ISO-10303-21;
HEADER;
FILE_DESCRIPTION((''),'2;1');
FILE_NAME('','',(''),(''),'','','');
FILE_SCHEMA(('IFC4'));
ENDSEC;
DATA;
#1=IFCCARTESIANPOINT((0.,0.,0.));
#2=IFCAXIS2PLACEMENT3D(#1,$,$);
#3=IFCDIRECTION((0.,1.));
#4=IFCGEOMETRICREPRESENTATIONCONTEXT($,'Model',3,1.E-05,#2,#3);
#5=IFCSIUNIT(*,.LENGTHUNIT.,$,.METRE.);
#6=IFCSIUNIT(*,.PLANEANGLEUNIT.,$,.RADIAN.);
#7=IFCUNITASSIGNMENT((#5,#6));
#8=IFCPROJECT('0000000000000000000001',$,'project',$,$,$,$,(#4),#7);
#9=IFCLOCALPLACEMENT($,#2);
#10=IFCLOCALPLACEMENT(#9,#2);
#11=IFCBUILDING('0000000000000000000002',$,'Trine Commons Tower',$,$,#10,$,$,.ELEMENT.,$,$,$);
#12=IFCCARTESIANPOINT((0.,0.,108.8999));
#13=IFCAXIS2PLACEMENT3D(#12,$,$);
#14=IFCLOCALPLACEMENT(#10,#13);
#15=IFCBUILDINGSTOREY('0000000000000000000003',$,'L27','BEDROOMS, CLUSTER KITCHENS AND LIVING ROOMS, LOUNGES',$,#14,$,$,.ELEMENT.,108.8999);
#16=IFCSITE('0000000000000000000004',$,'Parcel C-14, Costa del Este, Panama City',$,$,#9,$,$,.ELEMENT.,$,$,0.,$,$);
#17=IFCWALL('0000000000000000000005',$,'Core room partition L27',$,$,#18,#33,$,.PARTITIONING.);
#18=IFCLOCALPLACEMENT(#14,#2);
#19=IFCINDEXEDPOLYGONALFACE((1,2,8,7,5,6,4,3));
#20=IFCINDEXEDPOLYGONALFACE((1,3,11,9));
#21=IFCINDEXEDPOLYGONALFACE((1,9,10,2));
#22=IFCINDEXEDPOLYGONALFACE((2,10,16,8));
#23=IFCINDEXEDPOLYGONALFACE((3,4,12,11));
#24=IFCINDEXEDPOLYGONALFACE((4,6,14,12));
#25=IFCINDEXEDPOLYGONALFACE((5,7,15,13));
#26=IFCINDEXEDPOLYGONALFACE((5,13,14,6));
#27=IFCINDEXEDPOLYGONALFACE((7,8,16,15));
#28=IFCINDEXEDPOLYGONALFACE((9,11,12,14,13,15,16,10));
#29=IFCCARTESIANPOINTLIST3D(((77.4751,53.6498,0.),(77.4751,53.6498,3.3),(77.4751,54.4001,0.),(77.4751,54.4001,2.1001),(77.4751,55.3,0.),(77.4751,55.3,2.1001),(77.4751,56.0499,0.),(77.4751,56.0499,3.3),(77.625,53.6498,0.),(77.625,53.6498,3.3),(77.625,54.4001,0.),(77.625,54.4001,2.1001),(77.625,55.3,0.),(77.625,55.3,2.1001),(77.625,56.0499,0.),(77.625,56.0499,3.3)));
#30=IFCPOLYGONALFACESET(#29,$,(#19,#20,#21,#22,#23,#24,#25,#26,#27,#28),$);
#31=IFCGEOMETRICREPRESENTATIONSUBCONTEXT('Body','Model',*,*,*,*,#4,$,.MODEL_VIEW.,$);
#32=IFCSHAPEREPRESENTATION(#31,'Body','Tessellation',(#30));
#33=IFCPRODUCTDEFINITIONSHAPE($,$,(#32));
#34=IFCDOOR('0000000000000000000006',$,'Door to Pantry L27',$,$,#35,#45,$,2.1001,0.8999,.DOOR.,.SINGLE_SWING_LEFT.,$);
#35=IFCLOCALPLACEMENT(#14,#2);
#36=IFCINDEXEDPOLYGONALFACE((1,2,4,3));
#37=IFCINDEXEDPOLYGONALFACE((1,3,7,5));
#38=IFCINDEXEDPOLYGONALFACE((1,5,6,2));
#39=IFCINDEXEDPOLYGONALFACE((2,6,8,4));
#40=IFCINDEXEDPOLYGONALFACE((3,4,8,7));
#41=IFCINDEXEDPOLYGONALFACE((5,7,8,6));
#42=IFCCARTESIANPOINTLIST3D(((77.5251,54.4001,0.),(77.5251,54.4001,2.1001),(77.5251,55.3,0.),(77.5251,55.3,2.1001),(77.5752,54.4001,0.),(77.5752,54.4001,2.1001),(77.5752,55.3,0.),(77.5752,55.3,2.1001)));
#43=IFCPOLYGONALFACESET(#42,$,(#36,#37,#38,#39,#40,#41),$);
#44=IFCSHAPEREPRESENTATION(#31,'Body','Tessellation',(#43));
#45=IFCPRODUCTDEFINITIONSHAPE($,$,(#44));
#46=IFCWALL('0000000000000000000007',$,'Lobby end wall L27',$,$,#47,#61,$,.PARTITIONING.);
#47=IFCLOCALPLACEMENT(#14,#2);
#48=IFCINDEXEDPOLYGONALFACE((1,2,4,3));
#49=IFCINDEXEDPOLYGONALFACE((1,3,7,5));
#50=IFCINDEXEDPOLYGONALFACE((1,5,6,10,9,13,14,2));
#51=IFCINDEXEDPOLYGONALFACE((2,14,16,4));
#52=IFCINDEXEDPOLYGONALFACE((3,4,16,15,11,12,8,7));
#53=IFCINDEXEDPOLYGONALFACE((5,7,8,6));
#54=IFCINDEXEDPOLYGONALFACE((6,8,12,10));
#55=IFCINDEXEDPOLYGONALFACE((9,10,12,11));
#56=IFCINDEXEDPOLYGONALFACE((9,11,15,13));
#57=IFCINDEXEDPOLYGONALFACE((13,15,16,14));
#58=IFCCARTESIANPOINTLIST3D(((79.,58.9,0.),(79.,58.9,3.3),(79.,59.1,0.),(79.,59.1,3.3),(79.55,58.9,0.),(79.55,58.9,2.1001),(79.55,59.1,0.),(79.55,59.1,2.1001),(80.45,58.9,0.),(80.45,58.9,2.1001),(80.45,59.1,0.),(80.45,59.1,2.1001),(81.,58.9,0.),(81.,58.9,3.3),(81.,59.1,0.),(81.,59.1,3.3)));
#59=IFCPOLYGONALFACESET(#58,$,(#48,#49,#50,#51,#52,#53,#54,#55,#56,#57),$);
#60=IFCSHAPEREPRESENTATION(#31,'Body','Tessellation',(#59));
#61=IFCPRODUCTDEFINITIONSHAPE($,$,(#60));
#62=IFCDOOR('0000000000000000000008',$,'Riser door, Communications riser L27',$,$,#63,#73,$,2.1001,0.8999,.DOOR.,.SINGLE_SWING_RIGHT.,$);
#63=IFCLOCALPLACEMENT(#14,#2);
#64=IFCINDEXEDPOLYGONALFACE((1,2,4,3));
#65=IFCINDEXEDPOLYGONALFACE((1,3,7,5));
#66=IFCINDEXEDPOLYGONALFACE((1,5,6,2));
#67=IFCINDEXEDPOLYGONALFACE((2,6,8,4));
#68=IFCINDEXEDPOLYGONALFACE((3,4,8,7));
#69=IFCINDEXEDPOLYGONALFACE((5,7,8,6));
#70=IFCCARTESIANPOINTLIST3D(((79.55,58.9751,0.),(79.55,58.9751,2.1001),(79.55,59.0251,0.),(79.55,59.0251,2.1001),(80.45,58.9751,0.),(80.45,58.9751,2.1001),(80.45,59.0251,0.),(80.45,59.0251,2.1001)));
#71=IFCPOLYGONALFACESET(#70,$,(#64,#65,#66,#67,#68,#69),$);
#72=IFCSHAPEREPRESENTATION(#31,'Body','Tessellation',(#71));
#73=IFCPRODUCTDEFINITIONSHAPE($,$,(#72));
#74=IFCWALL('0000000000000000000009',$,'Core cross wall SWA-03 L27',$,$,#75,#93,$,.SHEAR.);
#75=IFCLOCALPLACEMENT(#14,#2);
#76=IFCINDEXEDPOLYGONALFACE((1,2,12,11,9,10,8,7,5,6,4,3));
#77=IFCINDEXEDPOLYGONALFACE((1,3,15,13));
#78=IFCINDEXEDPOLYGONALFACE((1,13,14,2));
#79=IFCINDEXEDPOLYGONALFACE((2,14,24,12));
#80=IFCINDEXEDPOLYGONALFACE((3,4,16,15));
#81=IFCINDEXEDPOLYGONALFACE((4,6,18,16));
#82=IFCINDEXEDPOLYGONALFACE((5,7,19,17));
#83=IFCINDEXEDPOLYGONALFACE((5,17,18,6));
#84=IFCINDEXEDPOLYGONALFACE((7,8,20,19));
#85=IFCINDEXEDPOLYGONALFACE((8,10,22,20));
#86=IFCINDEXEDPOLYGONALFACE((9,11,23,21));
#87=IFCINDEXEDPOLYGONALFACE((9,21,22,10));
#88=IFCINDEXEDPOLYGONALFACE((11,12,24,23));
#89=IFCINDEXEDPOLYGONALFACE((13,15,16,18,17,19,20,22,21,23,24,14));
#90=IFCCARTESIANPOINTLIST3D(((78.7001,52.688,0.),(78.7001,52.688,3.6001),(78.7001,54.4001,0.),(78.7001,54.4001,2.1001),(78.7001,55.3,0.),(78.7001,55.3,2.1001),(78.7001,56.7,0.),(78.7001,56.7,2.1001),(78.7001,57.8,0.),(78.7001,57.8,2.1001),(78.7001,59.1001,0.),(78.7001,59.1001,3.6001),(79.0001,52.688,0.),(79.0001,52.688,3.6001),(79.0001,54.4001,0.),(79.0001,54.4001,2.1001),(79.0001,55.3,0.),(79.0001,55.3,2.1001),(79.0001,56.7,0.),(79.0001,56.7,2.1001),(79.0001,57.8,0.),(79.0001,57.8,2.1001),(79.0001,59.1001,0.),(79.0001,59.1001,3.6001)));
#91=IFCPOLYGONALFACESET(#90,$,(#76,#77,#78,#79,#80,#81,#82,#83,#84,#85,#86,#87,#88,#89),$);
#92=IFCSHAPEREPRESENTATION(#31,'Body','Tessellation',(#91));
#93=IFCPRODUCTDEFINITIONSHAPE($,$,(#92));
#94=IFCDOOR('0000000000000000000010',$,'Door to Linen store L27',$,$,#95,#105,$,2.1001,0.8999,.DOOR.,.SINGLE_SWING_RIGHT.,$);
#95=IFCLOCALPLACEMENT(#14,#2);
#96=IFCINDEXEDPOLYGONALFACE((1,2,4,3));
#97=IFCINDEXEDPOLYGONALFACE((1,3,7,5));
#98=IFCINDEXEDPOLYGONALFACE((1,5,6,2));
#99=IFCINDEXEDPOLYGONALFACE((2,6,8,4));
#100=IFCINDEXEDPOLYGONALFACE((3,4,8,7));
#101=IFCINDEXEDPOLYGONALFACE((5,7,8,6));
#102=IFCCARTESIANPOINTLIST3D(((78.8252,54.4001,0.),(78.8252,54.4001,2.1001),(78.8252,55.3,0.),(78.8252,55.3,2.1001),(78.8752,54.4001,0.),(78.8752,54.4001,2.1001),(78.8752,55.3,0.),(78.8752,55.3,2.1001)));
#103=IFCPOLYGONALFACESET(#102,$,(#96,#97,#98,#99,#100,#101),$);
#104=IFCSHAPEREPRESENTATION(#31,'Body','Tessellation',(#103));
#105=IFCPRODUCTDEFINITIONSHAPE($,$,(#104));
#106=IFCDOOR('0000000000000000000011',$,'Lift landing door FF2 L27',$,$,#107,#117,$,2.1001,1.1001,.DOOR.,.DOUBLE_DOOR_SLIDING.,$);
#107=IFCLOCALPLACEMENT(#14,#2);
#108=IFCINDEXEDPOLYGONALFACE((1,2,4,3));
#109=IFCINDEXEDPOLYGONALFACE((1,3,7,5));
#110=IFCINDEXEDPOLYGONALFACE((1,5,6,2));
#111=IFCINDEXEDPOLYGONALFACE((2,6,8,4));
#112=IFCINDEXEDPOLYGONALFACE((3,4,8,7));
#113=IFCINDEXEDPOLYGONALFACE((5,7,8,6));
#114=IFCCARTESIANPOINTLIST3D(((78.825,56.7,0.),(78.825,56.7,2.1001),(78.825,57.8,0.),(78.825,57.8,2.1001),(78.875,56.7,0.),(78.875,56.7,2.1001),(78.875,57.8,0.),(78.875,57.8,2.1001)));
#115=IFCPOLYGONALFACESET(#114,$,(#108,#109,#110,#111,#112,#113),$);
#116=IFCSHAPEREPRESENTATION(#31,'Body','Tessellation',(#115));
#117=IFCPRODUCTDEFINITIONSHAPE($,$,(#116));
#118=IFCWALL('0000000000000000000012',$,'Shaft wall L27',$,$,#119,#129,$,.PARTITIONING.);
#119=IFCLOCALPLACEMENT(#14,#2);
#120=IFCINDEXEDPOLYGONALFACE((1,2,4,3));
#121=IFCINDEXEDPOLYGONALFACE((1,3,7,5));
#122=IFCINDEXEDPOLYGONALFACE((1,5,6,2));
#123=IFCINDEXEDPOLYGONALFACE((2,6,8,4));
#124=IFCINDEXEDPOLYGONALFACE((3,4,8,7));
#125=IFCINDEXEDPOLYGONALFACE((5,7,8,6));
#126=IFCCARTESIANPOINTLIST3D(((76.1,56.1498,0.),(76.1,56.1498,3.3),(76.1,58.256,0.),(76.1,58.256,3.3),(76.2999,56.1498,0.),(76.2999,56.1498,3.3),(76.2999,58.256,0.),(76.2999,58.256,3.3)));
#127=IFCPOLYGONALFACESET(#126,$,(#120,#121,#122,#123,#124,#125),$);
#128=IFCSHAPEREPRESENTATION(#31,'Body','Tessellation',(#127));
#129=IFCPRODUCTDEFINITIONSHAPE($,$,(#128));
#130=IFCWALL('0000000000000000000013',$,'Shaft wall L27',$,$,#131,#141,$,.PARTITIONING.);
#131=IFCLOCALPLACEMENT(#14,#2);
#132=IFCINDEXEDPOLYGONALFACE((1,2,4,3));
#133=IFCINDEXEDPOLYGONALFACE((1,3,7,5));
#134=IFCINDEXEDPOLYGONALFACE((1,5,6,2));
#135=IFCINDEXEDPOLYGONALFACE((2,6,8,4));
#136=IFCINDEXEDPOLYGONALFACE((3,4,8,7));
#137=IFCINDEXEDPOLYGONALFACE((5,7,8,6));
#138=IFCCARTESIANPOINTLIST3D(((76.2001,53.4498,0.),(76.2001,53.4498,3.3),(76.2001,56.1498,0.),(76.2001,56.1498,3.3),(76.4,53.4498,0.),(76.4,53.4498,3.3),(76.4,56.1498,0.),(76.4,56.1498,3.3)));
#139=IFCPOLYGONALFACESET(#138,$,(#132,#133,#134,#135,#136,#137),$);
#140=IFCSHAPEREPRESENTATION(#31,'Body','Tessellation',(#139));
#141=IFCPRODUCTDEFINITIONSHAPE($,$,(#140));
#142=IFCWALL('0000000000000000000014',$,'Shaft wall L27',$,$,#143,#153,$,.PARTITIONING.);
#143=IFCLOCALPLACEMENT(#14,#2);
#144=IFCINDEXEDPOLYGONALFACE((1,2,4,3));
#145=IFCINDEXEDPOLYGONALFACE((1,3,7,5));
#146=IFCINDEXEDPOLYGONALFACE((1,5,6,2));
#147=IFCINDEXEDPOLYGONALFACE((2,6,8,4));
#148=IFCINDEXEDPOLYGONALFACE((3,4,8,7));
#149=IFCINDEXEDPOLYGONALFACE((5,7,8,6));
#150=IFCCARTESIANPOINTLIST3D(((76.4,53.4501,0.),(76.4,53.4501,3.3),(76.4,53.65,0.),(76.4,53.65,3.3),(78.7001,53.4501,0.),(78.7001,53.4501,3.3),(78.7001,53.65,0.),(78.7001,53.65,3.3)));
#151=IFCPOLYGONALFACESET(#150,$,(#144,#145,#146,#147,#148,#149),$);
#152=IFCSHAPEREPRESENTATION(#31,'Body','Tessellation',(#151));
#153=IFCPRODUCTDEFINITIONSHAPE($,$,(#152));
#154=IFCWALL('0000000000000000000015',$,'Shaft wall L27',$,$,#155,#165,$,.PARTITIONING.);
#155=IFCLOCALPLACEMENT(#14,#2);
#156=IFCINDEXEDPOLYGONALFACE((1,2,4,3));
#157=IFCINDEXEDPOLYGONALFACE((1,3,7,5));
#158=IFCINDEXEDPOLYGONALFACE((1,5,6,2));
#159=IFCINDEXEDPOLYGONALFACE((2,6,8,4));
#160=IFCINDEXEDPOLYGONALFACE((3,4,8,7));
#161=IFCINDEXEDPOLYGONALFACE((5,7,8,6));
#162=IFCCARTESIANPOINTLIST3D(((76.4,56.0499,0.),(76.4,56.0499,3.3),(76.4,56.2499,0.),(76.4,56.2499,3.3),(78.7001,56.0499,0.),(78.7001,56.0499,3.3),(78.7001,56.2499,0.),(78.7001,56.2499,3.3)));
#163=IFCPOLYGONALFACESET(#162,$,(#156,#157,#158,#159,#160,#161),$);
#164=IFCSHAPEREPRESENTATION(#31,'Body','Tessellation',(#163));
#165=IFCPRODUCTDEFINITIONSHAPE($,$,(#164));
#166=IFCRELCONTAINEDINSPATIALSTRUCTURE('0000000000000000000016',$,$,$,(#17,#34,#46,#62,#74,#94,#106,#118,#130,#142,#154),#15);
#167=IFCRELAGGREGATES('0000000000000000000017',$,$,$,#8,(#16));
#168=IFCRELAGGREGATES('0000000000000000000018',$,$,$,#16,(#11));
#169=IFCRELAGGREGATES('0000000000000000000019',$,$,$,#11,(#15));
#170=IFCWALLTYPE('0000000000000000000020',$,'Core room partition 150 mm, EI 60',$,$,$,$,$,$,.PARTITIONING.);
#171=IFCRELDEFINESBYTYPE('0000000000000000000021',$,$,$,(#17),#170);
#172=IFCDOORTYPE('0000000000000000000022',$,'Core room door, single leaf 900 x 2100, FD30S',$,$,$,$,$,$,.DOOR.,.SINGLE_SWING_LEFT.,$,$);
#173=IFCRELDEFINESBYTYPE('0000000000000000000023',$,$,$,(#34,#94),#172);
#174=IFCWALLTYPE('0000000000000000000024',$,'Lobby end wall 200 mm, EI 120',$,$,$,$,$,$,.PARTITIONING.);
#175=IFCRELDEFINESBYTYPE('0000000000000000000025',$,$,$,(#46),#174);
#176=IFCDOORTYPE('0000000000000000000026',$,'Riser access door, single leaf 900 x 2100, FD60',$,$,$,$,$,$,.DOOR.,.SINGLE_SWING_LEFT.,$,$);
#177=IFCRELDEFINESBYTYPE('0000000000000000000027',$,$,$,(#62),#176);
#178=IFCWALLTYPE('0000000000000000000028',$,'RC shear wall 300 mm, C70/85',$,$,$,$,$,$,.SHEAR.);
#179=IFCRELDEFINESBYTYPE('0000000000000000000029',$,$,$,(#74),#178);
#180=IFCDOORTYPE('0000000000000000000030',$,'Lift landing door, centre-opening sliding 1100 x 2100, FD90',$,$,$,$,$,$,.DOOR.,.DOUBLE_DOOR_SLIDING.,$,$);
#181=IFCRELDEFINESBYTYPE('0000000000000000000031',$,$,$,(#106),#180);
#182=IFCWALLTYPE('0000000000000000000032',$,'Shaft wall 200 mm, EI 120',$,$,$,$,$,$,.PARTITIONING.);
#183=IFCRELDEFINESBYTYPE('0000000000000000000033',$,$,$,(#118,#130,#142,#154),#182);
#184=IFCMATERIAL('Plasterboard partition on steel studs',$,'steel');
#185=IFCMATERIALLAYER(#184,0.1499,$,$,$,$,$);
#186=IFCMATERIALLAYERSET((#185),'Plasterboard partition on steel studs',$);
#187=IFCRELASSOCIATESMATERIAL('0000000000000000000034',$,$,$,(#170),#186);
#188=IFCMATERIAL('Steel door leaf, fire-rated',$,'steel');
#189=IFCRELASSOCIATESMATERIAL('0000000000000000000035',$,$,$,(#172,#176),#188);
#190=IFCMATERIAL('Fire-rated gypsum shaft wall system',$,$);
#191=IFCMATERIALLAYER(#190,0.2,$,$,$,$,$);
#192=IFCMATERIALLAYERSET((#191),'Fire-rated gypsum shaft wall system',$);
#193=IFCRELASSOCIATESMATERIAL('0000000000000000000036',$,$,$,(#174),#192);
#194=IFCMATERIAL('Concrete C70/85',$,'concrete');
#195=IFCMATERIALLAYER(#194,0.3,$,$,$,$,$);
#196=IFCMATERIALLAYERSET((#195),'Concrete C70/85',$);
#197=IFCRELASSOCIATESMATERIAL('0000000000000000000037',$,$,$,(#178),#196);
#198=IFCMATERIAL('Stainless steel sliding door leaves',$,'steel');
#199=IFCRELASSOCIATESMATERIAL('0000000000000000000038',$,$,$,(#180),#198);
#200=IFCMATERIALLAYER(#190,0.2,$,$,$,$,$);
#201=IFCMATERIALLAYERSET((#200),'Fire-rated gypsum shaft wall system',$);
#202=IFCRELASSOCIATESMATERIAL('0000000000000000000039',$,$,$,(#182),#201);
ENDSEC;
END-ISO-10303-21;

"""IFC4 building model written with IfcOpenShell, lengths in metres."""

from ifc_helpers import new_model, si_unit, direction, frame, frame_2d, origin, place, context, subcontext, project, spatial, rectangle, extrude, material, layer, layer_set, type_object, element, fill, save


model = new_model("IFC4")

# Units and contexts
model_context = context("Model", 3, precision=1e-05, world=origin(), true_north=direction((0.0, 1.0)))
body_context = subcontext(model_context, "Body", "Model", "MODEL_VIEW")
ifc_project = project(units=[si_unit("LENGTHUNIT", "METRE"), si_unit("PLANEANGLEUNIT", "RADIAN")], contexts=[model_context])

# Site, building, storey
site_placement = place(None, origin())
site = spatial("IfcSite", under=ifc_project, at=site_placement, Name="Parcel C-14, Costa del Este, Panama City", CompositionType="ELEMENT", RefElevation=0.0)
building_placement = place(site_placement, origin())
building = spatial("IfcBuilding", under=site, at=building_placement, Name="Trine Commons Tower", CompositionType="ELEMENT")
storey_placement = place(building_placement, frame((0.0, 0.0, 108.8999)))
storey = spatial("IfcBuildingStorey", under=building, at=storey_placement, Name="L27", Description="BEDROOMS, CLUSTER KITCHENS AND LIVING ROOMS, LOUNGES", CompositionType="ELEMENT", Elevation=108.8999)

# Walls, openings, doors
ifc_material_1 = material(Name="Plasterboard partition on steel studs", Category="steel")
ifc_layer_1 = layer(ifc_material_1, 0.1499)
ifc_layer_set_1 = layer_set([ifc_layer_1], Name="Plasterboard partition on steel studs")
wall_type_1 = type_object("IfcWallType", Name="Core room partition 150 mm, EI 60", PredefinedType="PARTITIONING", material=ifc_layer_set_1)
wall_1_placement = place(storey_placement, frame((77.55, 56.05, 0.0), z_axis=(0.0, 0.0, 1.0), x_axis=(0.0, -1.0, 0.0)))
wall_1 = element("IfcWall", 1, at=wall_1_placement, inside=storey, type_object=wall_type_1, Name="Core room partition L27", PredefinedType="PARTITIONING", context=body_context, shape_type="SweptSolid", body=[
    extrude(rectangle(XDim=2.4001, YDim=0.1499, at=frame_2d((1.2002, 0.0))), origin(), (0.0, 0.0, 1.0), 3.3),
])
opening_1_placement = place(wall_1_placement, frame((0.75, 0.0, 0.0)))
opening_1 = element("IfcOpeningElement", 2, at=opening_1_placement, cuts=wall_1, PredefinedType="OPENING", context=body_context, shape_type="SweptSolid", body=[
    extrude(rectangle(XDim=0.8999, YDim=2.1001, at=frame_2d((0.45, 1.05))), frame((0.0, 0.085, 0.0), z_axis=(0.0, -1.0, 0.0), x_axis=(1.0, 0.0, 0.0)), (0.0, 0.0, 1.0), 0.1699),
])
ifc_material_2 = material(Name="Steel door leaf, fire-rated", Category="steel")
door_type_1 = type_object("IfcDoorType", Name="Core room door, single leaf 900 x 2100, FD30S", OperationType="SINGLE_SWING_LEFT", PredefinedType="DOOR", material=ifc_material_2)
door_1_placement = place(opening_1_placement, frame((0.8999, 0.0, 0.0), z_axis=(0.0, 0.0, 1.0), x_axis=(-1.0, 0.0, 0.0)))
door_1 = element("IfcDoor", 3, at=door_1_placement, inside=storey, type_object=door_type_1, Name="Door to Pantry L27", OperationType="SINGLE_SWING_LEFT", OverallHeight=2.1001, OverallWidth=0.8999, PredefinedType="DOOR", context=body_context, shape_type="SweptSolid", body=[
    extrude(rectangle(XDim=0.8999, YDim=2.1001, at=frame_2d((0.45, 1.05))), frame((0.0, 0.0249, 0.0), z_axis=(0.0, -1.0, 0.0), x_axis=(1.0, 0.0, 0.0)), (0.0, 0.0, 1.0), 0.05),
])
fill(opening_1, door_1)
ifc_material_3 = material(Name="Fire-rated gypsum shaft wall system")
ifc_layer_2 = layer(ifc_material_3, 0.2)
ifc_layer_set_2 = layer_set([ifc_layer_2], Name="Fire-rated gypsum shaft wall system")
wall_type_2 = type_object("IfcWallType", Name="Lobby end wall 200 mm, EI 120", PredefinedType="PARTITIONING", material=ifc_layer_set_2)
wall_2_placement = place(storey_placement, frame((79.0, 59.0, 0.0), z_axis=(0.0, 0.0, 1.0), x_axis=(1.0, 0.0, 0.0)))
wall_2 = element("IfcWall", 4, at=wall_2_placement, inside=storey, type_object=wall_type_2, Name="Lobby end wall L27", PredefinedType="PARTITIONING", context=body_context, shape_type="SweptSolid", body=[
    extrude(rectangle(XDim=2.0, YDim=0.2, at=frame_2d((1.0, 0.0))), origin(), (0.0, 0.0, 1.0), 3.3),
])
opening_2_placement = place(wall_2_placement, frame((0.55, 0.0, 0.0)))
opening_2 = element("IfcOpeningElement", 5, at=opening_2_placement, cuts=wall_2, PredefinedType="OPENING", context=body_context, shape_type="SweptSolid", body=[
    extrude(rectangle(XDim=0.8999, YDim=2.1001, at=frame_2d((0.45, 1.05))), frame((0.0, 0.1099, 0.0), z_axis=(0.0, -1.0, 0.0), x_axis=(1.0, 0.0, 0.0)), (0.0, 0.0, 1.0), 0.22),
])
door_type_2 = type_object("IfcDoorType", Name="Riser access door, single leaf 900 x 2100, FD60", OperationType="SINGLE_SWING_LEFT", PredefinedType="DOOR", material=ifc_material_2)
door_2_placement = place(opening_2_placement, frame((0.8999, 0.0, 0.0), z_axis=(0.0, 0.0, 1.0), x_axis=(-1.0, 0.0, 0.0)))
door_2 = element("IfcDoor", 6, at=door_2_placement, inside=storey, type_object=door_type_2, Name="Riser door, Communications riser L27", OperationType="SINGLE_SWING_RIGHT", OverallHeight=2.1001, OverallWidth=0.8999, PredefinedType="DOOR", context=body_context, shape_type="SweptSolid", body=[
    extrude(rectangle(XDim=0.8999, YDim=2.1001, at=frame_2d((0.45, 1.05))), frame((0.0, 0.0249, 0.0), z_axis=(0.0, -1.0, 0.0), x_axis=(1.0, 0.0, 0.0)), (0.0, 0.0, 1.0), 0.05),
])
fill(opening_2, door_2)

# Wall, openings, doors
ifc_material_4 = material(Name="Concrete C70/85", Category="concrete")
ifc_layer_3 = layer(ifc_material_4, 0.3)
ifc_layer_set_3 = layer_set([ifc_layer_3], Name="Concrete C70/85")
wall_type_3 = type_object("IfcWallType", Name="RC shear wall 300 mm, C70/85", PredefinedType="SHEAR", material=ifc_layer_set_3)
wall_3_placement = place(storey_placement, frame((78.8501, 59.1001, 0.0), z_axis=(0.0, 0.0, 1.0), x_axis=(0.0, -1.0, 0.0)))
wall_3 = element("IfcWall", 7, at=wall_3_placement, inside=storey, type_object=wall_type_3, Name="Core cross wall SWA-03 L27", PredefinedType="SHEAR", context=body_context, shape_type="SweptSolid", body=[
    extrude(rectangle(XDim=6.4121, YDim=0.3, at=frame_2d((3.2061, 0.0))), origin(), (0.0, 0.0, 1.0), 3.6001),
])
opening_3_placement = place(wall_3_placement, frame((3.8, 0.0, 0.0)))
opening_3 = element("IfcOpeningElement", 8, at=opening_3_placement, cuts=wall_3, PredefinedType="OPENING", context=body_context, shape_type="SweptSolid", body=[
    extrude(rectangle(XDim=0.8999, YDim=2.1001, at=frame_2d((0.45, 1.05))), frame((0.0, 0.1599, 0.0), z_axis=(0.0, -1.0, 0.0), x_axis=(1.0, 0.0, 0.0)), (0.0, 0.0, 1.0), 0.3201),
])
opening_4_placement = place(wall_3_placement, frame((1.3, 0.0, 0.0)))
opening_4 = element("IfcOpeningElement", 9, at=opening_4_placement, cuts=wall_3, PredefinedType="OPENING", context=body_context, shape_type="SweptSolid", body=[
    extrude(rectangle(XDim=1.1001, YDim=2.1001, at=frame_2d((0.55, 1.05))), frame((0.0, 0.1599, 0.0), z_axis=(0.0, -1.0, 0.0), x_axis=(1.0, 0.0, 0.0)), (0.0, 0.0, 1.0), 0.3201),
])
door_3_placement = place(opening_3_placement, frame((0.8999, 0.0, 0.0), z_axis=(0.0, 0.0, 1.0), x_axis=(-1.0, 0.0, 0.0)))
door_3 = element("IfcDoor", 10, at=door_3_placement, inside=storey, type_object=door_type_1, Name="Door to Linen store L27", OperationType="SINGLE_SWING_RIGHT", OverallHeight=2.1001, OverallWidth=0.8999, PredefinedType="DOOR", context=body_context, shape_type="SweptSolid", body=[
    extrude(rectangle(XDim=0.8999, YDim=2.1001, at=frame_2d((0.45, 1.05))), frame((0.0, 0.0249, 0.0), z_axis=(0.0, -1.0, 0.0), x_axis=(1.0, 0.0, 0.0)), (0.0, 0.0, 1.0), 0.05),
])
fill(opening_3, door_3)
ifc_material_5 = material(Name="Stainless steel sliding door leaves", Category="steel")
door_type_3 = type_object("IfcDoorType", Name="Lift landing door, centre-opening sliding 1100 x 2100, FD90", OperationType="DOUBLE_DOOR_SLIDING", PredefinedType="DOOR", material=ifc_material_5)
door_4_placement = place(opening_4_placement, origin())
door_4 = element("IfcDoor", 11, at=door_4_placement, inside=storey, type_object=door_type_3, Name="Lift landing door FF2 L27", OperationType="DOUBLE_DOOR_SLIDING", OverallHeight=2.1001, OverallWidth=1.1001, PredefinedType="DOOR", context=body_context, shape_type="SweptSolid", body=[
    extrude(rectangle(XDim=1.1001, YDim=2.1001, at=frame_2d((0.55, 1.05))), frame((0.0, 0.0249, 0.0), z_axis=(0.0, -1.0, 0.0), x_axis=(1.0, 0.0, 0.0)), (0.0, 0.0, 1.0), 0.05),
])
fill(opening_4, door_4)

# Walls
ifc_layer_4 = layer(ifc_material_3, 0.2)
ifc_layer_set_4 = layer_set([ifc_layer_4], Name="Fire-rated gypsum shaft wall system")
wall_type_4 = type_object("IfcWallType", Name="Shaft wall 200 mm, EI 120", PredefinedType="PARTITIONING", material=ifc_layer_set_4)
wall_4_placement = place(storey_placement, frame((76.2, 58.2561, 0.0), z_axis=(0.0, 0.0, 1.0), x_axis=(0.0, -1.0, 0.0)))
element("IfcWall", 12, at=wall_4_placement, inside=storey, type_object=wall_type_4, Name="Shaft wall L27", PredefinedType="PARTITIONING", context=body_context, shape_type="SweptSolid", body=[
    extrude(rectangle(XDim=2.1062, YDim=0.2, at=frame_2d((1.0532, 0.0))), origin(), (0.0, 0.0, 1.0), 3.3),
])
wall_5_placement = place(storey_placement, frame((76.3, 56.1499, 0.0), z_axis=(0.0, 0.0, 1.0), x_axis=(0.0, -1.0, 0.0)))
element("IfcWall", 13, at=wall_5_placement, inside=storey, type_object=wall_type_4, Name="Shaft wall L27", PredefinedType="PARTITIONING", context=body_context, shape_type="SweptSolid", body=[
    extrude(rectangle(XDim=2.7, YDim=0.2, at=frame_2d((1.3501, 0.0))), origin(), (0.0, 0.0, 1.0), 3.3),
])
for number, where, z_axis, x_axis, name in (
    (14, (78.7, 53.55, 0.0), (0.0, 0.0, 1.0), (-1.0, 0.0, 0.0), "Shaft wall L27"),
    (15, (78.7, 56.1499, 0.0), (0.0, 0.0, 1.0), (-1.0, 0.0, 0.0), "Shaft wall L27"),
):
    element("IfcWall", number, at=place(storey_placement, frame(where, z_axis=z_axis, x_axis=x_axis)), inside=storey, type_object=wall_type_4, Name=name, PredefinedType="PARTITIONING", context=body_context, shape_type="SweptSolid", body=[
        extrude(rectangle(XDim=2.3, YDim=0.2, at=frame_2d((1.1499, 0.0))), origin(), (0.0, 0.0, 1.0), 3.3),
    ])

save(model, "model.ifc")
